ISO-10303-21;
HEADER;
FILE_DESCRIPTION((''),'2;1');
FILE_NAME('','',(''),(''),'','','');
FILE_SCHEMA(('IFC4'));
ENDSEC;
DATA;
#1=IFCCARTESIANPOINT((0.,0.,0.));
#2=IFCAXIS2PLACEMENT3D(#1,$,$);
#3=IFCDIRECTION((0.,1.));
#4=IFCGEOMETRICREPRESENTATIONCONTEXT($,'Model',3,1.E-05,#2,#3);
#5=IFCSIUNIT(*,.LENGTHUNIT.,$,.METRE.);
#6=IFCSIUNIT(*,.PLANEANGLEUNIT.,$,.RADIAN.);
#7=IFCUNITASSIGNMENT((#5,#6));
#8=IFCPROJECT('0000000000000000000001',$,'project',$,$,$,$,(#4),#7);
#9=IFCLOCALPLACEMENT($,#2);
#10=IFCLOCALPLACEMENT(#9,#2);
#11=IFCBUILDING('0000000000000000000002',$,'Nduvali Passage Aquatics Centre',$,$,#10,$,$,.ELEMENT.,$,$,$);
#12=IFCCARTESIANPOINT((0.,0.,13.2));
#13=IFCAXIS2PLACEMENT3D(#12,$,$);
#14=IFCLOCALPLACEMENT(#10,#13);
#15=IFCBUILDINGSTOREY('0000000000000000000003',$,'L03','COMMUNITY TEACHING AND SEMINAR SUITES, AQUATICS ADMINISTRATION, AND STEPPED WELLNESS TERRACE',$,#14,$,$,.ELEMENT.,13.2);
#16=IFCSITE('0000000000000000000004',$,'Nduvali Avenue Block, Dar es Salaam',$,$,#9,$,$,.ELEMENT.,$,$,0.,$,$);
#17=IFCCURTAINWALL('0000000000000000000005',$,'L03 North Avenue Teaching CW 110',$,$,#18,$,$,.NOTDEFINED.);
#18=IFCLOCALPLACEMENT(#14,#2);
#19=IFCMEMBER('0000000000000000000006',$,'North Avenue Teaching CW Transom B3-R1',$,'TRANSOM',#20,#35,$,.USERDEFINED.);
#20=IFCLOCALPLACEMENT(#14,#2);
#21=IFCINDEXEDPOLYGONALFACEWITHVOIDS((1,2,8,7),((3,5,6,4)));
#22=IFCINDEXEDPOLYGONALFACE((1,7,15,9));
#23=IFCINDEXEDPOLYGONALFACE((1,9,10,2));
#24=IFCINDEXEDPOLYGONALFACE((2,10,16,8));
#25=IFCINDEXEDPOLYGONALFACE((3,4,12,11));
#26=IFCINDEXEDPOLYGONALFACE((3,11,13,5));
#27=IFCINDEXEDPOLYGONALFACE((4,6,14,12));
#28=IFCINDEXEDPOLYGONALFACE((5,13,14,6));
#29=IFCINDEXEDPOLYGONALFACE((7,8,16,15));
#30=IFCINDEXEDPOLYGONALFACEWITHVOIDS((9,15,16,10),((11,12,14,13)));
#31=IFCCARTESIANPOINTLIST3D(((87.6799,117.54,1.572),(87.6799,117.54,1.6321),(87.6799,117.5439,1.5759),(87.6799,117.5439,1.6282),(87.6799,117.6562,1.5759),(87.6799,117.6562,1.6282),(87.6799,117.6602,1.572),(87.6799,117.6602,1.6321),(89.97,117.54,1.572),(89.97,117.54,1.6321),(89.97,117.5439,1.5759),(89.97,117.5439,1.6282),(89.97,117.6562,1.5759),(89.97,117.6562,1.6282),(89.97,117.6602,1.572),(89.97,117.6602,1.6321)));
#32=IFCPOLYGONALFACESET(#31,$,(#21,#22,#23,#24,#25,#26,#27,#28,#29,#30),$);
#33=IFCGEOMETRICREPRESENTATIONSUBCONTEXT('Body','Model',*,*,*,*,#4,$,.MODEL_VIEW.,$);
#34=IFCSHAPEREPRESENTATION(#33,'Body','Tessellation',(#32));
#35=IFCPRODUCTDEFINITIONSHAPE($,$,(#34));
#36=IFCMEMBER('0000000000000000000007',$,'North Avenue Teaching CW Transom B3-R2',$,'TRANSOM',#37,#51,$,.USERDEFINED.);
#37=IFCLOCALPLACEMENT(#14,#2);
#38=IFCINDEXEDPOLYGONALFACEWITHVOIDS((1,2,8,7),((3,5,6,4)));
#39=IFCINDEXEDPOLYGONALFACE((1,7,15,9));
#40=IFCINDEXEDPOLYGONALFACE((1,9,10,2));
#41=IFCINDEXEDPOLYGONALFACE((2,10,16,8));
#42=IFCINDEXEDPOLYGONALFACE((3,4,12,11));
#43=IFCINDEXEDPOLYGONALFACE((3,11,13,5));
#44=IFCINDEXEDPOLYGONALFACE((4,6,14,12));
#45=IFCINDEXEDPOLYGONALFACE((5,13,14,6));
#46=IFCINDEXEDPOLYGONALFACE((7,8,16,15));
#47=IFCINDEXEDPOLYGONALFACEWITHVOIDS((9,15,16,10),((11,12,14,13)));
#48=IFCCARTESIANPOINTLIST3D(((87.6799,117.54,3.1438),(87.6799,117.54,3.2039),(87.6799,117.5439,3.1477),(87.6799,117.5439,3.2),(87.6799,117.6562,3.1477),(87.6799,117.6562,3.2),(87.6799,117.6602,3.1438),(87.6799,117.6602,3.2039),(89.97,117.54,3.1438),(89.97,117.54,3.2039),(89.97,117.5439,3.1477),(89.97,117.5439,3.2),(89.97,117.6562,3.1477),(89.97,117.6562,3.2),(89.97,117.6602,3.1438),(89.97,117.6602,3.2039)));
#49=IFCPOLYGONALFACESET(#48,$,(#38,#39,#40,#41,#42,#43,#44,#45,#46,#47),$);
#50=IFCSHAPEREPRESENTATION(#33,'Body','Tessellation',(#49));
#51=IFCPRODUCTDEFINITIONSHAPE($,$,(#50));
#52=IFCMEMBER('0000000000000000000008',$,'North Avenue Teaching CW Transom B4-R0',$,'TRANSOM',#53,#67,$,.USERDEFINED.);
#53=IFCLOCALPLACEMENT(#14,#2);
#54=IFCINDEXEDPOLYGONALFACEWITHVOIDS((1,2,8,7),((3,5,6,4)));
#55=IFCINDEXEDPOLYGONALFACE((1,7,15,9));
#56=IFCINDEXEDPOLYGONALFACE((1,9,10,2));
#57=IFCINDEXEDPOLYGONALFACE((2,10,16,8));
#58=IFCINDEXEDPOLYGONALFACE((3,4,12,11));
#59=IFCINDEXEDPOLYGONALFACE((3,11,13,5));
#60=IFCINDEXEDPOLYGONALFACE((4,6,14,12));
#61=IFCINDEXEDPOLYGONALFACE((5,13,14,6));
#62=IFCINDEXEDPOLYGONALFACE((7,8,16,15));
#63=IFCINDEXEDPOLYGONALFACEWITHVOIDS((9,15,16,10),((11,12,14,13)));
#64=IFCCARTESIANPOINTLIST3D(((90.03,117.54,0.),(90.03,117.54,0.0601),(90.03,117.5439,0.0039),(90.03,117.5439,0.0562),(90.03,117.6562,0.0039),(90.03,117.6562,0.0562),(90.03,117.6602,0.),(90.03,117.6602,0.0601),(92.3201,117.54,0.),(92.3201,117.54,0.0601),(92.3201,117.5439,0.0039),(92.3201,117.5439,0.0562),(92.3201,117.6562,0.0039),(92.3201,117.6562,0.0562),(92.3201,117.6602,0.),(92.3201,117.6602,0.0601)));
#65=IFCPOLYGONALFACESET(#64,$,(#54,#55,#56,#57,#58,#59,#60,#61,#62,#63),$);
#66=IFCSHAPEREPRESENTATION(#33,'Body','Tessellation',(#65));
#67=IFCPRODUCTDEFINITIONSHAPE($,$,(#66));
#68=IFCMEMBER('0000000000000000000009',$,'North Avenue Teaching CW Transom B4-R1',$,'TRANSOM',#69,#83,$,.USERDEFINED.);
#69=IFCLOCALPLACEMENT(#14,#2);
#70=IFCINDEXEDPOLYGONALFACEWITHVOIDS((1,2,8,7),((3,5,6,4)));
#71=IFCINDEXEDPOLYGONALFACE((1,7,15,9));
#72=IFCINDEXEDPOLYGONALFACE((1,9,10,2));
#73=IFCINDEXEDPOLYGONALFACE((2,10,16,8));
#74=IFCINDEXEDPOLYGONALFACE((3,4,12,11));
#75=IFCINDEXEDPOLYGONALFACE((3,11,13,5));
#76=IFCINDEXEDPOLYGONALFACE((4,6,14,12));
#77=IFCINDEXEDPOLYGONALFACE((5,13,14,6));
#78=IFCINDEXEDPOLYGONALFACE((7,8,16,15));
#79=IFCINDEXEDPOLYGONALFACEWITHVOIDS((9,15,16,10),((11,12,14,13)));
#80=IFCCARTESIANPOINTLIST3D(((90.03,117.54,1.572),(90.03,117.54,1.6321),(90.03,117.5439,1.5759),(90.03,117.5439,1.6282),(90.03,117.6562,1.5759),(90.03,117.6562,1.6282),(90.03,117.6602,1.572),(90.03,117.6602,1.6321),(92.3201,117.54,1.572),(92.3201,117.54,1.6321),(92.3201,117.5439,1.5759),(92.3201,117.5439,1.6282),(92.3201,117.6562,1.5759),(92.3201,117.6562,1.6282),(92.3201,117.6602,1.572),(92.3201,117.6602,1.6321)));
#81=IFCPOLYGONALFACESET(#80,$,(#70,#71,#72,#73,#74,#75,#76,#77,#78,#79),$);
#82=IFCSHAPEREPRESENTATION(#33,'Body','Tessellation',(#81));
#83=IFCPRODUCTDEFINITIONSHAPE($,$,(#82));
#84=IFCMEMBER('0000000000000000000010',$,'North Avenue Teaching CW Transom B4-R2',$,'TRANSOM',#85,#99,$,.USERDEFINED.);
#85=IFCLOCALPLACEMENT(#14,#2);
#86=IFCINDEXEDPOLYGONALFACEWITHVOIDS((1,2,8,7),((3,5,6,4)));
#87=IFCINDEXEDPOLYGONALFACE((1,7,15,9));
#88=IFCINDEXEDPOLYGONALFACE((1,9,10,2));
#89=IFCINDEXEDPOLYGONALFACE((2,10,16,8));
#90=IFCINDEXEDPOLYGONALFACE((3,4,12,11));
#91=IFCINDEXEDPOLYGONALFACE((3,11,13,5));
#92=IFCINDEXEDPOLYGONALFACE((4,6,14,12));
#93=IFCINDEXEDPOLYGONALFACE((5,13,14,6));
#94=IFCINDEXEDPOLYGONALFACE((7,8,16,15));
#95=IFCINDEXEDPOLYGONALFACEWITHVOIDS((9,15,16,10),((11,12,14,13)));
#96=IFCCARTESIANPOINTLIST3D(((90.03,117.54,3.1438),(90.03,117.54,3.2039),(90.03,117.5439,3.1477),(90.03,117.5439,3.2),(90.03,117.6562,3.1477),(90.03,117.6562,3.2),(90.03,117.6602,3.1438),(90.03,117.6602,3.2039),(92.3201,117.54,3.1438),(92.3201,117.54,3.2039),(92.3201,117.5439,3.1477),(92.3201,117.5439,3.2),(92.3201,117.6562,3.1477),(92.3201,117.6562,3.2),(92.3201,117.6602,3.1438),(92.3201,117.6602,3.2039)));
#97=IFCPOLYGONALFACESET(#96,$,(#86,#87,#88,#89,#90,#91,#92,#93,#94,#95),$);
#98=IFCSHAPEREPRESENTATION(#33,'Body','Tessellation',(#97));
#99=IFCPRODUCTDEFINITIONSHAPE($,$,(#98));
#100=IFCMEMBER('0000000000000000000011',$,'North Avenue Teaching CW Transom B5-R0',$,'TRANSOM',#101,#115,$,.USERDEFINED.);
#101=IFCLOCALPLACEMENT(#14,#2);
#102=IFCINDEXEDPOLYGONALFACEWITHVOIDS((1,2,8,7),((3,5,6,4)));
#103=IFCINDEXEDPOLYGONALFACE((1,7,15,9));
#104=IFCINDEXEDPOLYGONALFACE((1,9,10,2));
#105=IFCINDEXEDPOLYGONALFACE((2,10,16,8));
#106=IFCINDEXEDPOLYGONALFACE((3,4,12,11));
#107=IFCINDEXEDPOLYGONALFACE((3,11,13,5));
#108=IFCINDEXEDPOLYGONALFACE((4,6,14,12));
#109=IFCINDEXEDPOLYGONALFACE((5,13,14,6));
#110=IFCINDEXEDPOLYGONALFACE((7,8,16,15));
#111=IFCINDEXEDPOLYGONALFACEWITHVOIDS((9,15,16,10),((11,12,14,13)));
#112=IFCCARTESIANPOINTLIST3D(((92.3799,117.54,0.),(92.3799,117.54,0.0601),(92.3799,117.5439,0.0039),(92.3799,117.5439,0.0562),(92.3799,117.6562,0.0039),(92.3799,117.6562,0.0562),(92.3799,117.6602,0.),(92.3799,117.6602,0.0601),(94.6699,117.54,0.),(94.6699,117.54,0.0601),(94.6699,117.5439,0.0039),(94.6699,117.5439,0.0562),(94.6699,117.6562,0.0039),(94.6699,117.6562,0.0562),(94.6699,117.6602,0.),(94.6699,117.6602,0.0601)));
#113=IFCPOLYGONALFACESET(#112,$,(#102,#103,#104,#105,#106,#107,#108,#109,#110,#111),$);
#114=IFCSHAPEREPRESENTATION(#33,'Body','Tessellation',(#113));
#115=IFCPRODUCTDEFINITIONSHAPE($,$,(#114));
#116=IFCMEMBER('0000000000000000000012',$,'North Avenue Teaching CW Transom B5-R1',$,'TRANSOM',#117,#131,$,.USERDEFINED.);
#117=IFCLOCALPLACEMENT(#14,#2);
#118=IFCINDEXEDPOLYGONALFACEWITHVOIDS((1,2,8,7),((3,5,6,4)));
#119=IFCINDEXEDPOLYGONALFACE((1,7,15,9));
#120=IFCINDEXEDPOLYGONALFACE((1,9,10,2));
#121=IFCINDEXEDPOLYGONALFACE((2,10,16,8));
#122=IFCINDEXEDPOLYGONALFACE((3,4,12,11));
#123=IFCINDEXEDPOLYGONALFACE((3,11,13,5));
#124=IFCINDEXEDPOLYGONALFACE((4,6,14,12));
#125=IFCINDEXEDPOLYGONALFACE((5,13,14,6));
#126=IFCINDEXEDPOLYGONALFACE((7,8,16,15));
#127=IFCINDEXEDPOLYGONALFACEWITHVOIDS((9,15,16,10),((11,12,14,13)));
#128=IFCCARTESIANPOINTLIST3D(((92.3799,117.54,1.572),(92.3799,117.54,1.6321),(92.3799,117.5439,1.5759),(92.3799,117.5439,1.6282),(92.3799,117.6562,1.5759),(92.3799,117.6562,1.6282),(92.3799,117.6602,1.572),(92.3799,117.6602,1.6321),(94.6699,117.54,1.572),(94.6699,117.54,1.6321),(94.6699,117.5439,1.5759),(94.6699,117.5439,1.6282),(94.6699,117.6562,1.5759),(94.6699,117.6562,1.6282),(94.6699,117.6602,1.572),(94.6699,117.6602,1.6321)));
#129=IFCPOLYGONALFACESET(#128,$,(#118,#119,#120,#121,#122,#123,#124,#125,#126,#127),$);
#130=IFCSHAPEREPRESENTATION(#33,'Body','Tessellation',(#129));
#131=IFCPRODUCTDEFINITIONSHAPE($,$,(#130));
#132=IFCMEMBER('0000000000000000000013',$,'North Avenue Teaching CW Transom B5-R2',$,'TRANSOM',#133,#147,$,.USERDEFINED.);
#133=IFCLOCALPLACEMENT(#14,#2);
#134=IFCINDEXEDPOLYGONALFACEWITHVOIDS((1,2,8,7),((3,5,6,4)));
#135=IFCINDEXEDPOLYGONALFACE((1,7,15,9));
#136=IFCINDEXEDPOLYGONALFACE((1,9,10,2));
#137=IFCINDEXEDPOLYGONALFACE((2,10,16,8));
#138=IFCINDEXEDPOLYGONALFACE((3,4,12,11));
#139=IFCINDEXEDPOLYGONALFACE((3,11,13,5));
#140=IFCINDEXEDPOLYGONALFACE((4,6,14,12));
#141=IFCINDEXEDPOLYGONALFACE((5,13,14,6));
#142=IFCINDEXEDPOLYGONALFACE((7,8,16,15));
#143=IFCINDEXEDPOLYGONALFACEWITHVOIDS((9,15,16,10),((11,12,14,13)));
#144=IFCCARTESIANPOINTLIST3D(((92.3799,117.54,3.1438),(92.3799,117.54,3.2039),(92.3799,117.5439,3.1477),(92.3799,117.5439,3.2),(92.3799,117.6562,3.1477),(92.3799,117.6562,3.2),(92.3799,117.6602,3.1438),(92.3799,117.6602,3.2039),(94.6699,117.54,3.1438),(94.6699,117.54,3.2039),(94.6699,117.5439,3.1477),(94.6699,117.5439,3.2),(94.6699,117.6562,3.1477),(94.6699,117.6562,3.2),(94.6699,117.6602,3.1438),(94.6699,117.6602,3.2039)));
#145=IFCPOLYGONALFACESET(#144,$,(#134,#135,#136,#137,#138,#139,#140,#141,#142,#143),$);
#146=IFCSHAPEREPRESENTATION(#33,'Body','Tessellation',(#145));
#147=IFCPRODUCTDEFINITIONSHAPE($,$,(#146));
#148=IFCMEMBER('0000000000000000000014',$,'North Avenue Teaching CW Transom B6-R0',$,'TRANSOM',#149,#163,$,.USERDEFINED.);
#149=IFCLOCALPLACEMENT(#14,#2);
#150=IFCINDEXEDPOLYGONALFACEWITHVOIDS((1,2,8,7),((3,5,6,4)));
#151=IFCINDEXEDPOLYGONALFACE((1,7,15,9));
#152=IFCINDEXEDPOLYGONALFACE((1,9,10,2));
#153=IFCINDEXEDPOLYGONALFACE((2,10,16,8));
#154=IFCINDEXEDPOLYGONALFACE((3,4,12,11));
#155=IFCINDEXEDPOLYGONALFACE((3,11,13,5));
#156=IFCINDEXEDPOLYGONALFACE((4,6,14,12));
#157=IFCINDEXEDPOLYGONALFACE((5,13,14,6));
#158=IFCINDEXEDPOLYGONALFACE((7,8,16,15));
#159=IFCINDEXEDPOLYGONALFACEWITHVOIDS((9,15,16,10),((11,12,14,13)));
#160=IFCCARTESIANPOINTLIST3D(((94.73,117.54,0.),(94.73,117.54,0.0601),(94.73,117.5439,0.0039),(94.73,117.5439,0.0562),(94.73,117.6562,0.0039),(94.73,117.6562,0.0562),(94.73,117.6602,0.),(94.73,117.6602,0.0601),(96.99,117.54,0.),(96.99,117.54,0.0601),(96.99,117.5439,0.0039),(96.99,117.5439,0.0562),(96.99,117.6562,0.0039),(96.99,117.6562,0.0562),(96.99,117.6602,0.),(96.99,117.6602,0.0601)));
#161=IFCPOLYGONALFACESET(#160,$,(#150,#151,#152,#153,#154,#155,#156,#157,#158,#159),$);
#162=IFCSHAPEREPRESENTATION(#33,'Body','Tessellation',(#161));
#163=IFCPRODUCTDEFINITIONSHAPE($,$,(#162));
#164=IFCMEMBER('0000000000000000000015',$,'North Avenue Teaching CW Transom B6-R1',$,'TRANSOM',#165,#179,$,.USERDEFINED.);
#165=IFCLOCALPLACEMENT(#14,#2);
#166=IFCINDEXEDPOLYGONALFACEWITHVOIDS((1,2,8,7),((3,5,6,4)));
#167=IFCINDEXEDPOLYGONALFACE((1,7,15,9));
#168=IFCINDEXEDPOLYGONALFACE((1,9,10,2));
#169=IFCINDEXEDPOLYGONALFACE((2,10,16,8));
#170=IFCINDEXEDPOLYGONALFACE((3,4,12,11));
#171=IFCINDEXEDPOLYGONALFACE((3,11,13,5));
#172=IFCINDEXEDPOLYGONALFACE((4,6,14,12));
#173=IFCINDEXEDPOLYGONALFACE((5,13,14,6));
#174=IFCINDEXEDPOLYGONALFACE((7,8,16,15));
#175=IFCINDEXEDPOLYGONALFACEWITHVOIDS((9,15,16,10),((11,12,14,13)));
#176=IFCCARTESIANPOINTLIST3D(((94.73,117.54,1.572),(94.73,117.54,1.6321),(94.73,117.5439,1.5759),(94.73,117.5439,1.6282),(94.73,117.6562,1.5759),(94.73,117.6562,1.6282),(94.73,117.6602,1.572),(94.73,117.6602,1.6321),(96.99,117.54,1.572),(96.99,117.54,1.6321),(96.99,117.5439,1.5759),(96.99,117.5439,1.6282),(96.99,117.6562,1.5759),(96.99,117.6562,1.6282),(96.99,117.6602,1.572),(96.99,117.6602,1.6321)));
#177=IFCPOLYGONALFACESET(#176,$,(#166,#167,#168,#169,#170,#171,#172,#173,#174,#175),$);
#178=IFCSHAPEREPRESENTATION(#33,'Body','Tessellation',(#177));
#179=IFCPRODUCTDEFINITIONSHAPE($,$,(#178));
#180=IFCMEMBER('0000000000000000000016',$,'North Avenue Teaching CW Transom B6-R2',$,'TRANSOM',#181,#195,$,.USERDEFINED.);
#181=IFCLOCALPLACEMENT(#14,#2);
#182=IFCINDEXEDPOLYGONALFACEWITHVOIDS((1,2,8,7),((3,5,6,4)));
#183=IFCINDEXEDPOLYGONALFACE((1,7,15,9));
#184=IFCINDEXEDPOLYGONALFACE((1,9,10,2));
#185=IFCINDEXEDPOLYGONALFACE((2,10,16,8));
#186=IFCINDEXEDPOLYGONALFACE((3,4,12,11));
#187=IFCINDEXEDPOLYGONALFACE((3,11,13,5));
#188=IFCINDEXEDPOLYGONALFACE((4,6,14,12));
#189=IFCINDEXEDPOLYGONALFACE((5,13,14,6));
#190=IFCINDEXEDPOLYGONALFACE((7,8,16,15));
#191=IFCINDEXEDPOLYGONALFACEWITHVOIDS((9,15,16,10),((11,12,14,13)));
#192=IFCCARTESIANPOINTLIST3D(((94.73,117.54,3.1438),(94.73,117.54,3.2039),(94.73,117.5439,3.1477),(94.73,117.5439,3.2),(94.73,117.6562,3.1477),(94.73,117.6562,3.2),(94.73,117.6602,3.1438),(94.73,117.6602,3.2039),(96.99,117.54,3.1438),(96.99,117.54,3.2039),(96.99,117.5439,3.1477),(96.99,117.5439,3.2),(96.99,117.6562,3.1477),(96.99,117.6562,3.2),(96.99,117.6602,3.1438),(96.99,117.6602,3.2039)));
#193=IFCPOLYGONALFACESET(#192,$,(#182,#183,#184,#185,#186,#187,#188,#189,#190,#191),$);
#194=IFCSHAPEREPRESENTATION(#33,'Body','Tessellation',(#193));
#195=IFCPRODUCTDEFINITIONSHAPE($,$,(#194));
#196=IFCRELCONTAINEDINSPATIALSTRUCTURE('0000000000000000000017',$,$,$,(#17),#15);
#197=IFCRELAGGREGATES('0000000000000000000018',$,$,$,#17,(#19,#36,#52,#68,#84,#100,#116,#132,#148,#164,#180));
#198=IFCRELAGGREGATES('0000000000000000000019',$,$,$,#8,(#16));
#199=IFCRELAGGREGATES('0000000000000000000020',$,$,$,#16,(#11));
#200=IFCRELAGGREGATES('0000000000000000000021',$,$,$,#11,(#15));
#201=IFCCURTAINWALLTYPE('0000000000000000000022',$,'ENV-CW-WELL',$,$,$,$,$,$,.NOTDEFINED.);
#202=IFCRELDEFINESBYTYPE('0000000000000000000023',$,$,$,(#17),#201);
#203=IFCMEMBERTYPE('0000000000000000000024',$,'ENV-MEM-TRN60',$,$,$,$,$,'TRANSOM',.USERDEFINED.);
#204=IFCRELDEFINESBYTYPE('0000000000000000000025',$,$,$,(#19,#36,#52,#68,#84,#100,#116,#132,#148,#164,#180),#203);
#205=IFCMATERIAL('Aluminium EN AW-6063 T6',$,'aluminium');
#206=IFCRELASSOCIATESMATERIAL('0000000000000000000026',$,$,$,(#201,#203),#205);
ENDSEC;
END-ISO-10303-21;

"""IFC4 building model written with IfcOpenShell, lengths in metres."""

from ifc_helpers import new_model, si_unit, direction, frame, origin, origin_2d, place, context, subcontext, project, spatial, hollow_rectangle, extrude, material, material_profile, profile_set, type_object, element, aggregate, save


model = new_model("IFC4")

# Units and contexts
model_context = context("Model", 3, precision=1e-05, world=origin(), true_north=direction((0.0, 1.0)))
body_context = subcontext(model_context, "Body", "Model", "MODEL_VIEW")
ifc_project = project(units=[si_unit("LENGTHUNIT", "METRE"), si_unit("PLANEANGLEUNIT", "RADIAN")], contexts=[model_context])

# Site, building, storey
site_placement = place(None, origin())
site = spatial("IfcSite", under=ifc_project, at=site_placement, Name="Nduvali Avenue Block, Dar es Salaam", CompositionType="ELEMENT", RefElevation=0.0)
building_placement = place(site_placement, origin())
building = spatial("IfcBuilding", under=site, at=building_placement, Name="Nduvali Passage Aquatics Centre", CompositionType="ELEMENT")
storey_placement = place(building_placement, frame((0.0, 0.0, 13.2)))
storey = spatial("IfcBuildingStorey", under=building, at=storey_placement, Name="L03", Description="COMMUNITY TEACHING AND SEMINAR SUITES, AQUATICS ADMINISTRATION, AND STEPPED WELLNESS TERRACE", CompositionType="ELEMENT", Elevation=13.2)

# Curtain wall
ifc_material_1 = material(Name="Aluminium EN AW-6063 T6", Category="aluminium")
curtain_wall_type = type_object("IfcCurtainWallType", Name="ENV-CW-WELL", PredefinedType="NOTDEFINED", material=ifc_material_1)
curtain_wall_1_placement = place(storey_placement, origin())
curtain_wall_1 = element("IfcCurtainWall", 1, at=curtain_wall_1_placement, inside=storey, type_object=curtain_wall_type, Name="L03 North Avenue Teaching CW 110", PredefinedType="NOTDEFINED")

# Members
ifc_material_profile_1 = material_profile(ifc_material_1, hollow_rectangle(XDim=0.1201, YDim=0.0601, WallThickness=0.0039, at=origin_2d()), Name="ALU TRANSOM 120x60x4")
ifc_profile_set_1 = profile_set([ifc_material_profile_1], Name="Aluminium EN AW-6063 T6")
member_type_1 = type_object("IfcMemberType", Name="ENV-MEM-TRN60", ElementType="TRANSOM", PredefinedType="USERDEFINED", material=ifc_profile_set_1)
member_1_placement = place(storey_placement, frame((87.6799, 117.6001, 1.6021), z_axis=(1.0, 0.0, 0.0), x_axis=(0.0, 1.0, 0.0)))
member_1 = element("IfcMember", 2, at=member_1_placement, type_object=member_type_1, Name="North Avenue Teaching CW Transom B3-R1", ObjectType="TRANSOM", PredefinedType="USERDEFINED", context=body_context, shape_type="SweptSolid", body=[
    extrude(hollow_rectangle(XDim=0.1201, YDim=0.0601, WallThickness=0.0039, at=origin_2d()), origin(), (0.0, 0.0, 1.0), 2.29),
])
member_2_placement = place(storey_placement, frame((87.6799, 117.6001, 3.1738), z_axis=(1.0, 0.0, 0.0), x_axis=(0.0, 1.0, 0.0)))
member_2 = element("IfcMember", 3, at=member_2_placement, type_object=member_type_1, Name="North Avenue Teaching CW Transom B3-R2", ObjectType="TRANSOM", PredefinedType="USERDEFINED", context=body_context, shape_type="SweptSolid", body=[
    extrude(hollow_rectangle(XDim=0.1201, YDim=0.0601, WallThickness=0.0039, at=origin_2d()), origin(), (0.0, 0.0, 1.0), 2.29),
])
member_3_placement = place(storey_placement, frame((90.03, 117.6001, 0.03), z_axis=(1.0, 0.0, 0.0), x_axis=(0.0, 1.0, 0.0)))
member_3 = element("IfcMember", 4, at=member_3_placement, type_object=member_type_1, Name="North Avenue Teaching CW Transom B4-R0", ObjectType="TRANSOM", PredefinedType="USERDEFINED", context=body_context, shape_type="SweptSolid", body=[
    extrude(hollow_rectangle(XDim=0.1201, YDim=0.0601, WallThickness=0.0039, at=origin_2d()), origin(), (0.0, 0.0, 1.0), 2.29),
])
member_4_placement = place(storey_placement, frame((90.03, 117.6001, 1.6021), z_axis=(1.0, 0.0, 0.0), x_axis=(0.0, 1.0, 0.0)))
member_4 = element("IfcMember", 5, at=member_4_placement, type_object=member_type_1, Name="North Avenue Teaching CW Transom B4-R1", ObjectType="TRANSOM", PredefinedType="USERDEFINED", context=body_context, shape_type="SweptSolid", body=[
    extrude(hollow_rectangle(XDim=0.1201, YDim=0.0601, WallThickness=0.0039, at=origin_2d()), origin(), (0.0, 0.0, 1.0), 2.29),
])
member_5_placement = place(storey_placement, frame((90.03, 117.6001, 3.1738), z_axis=(1.0, 0.0, 0.0), x_axis=(0.0, 1.0, 0.0)))
member_5 = element("IfcMember", 6, at=member_5_placement, type_object=member_type_1, Name="North Avenue Teaching CW Transom B4-R2", ObjectType="TRANSOM", PredefinedType="USERDEFINED", context=body_context, shape_type="SweptSolid", body=[
    extrude(hollow_rectangle(XDim=0.1201, YDim=0.0601, WallThickness=0.0039, at=origin_2d()), origin(), (0.0, 0.0, 1.0), 2.29),
])
member_6_placement = place(storey_placement, frame((92.3799, 117.6001, 0.03), z_axis=(1.0, 0.0, 0.0), x_axis=(0.0, 1.0, 0.0)))
member_6 = element("IfcMember", 7, at=member_6_placement, type_object=member_type_1, Name="North Avenue Teaching CW Transom B5-R0", ObjectType="TRANSOM", PredefinedType="USERDEFINED", context=body_context, shape_type="SweptSolid", body=[
    extrude(hollow_rectangle(XDim=0.1201, YDim=0.0601, WallThickness=0.0039, at=origin_2d()), origin(), (0.0, 0.0, 1.0), 2.29),
])
member_7_placement = place(storey_placement, frame((92.3799, 117.6001, 1.6021), z_axis=(1.0, 0.0, 0.0), x_axis=(0.0, 1.0, 0.0)))
member_7 = element("IfcMember", 8, at=member_7_placement, type_object=member_type_1, Name="North Avenue Teaching CW Transom B5-R1", ObjectType="TRANSOM", PredefinedType="USERDEFINED", context=body_context, shape_type="SweptSolid", body=[
    extrude(hollow_rectangle(XDim=0.1201, YDim=0.0601, WallThickness=0.0039, at=origin_2d()), origin(), (0.0, 0.0, 1.0), 2.29),
])
member_8_placement = place(storey_placement, frame((92.3799, 117.6001, 3.1738), z_axis=(1.0, 0.0, 0.0), x_axis=(0.0, 1.0, 0.0)))
member_8 = element("IfcMember", 9, at=member_8_placement, type_object=member_type_1, Name="North Avenue Teaching CW Transom B5-R2", ObjectType="TRANSOM", PredefinedType="USERDEFINED", context=body_context, shape_type="SweptSolid", body=[
    extrude(hollow_rectangle(XDim=0.1201, YDim=0.0601, WallThickness=0.0039, at=origin_2d()), origin(), (0.0, 0.0, 1.0), 2.29),
])
member_9_placement = place(storey_placement, frame((94.73, 117.6001, 0.03), z_axis=(1.0, 0.0, 0.0), x_axis=(0.0, 1.0, 0.0)))
member_9 = element("IfcMember", 10, at=member_9_placement, type_object=member_type_1, Name="North Avenue Teaching CW Transom B6-R0", ObjectType="TRANSOM", PredefinedType="USERDEFINED", context=body_context, shape_type="SweptSolid", body=[
    extrude(hollow_rectangle(XDim=0.1201, YDim=0.0601, WallThickness=0.0039, at=origin_2d()), origin(), (0.0, 0.0, 1.0), 2.26),
])
member_10_placement = place(storey_placement, frame((94.73, 117.6001, 1.6021), z_axis=(1.0, 0.0, 0.0), x_axis=(0.0, 1.0, 0.0)))
member_10 = element("IfcMember", 11, at=member_10_placement, type_object=member_type_1, Name="North Avenue Teaching CW Transom B6-R1", ObjectType="TRANSOM", PredefinedType="USERDEFINED", context=body_context, shape_type="SweptSolid", body=[
    extrude(hollow_rectangle(XDim=0.1201, YDim=0.0601, WallThickness=0.0039, at=origin_2d()), origin(), (0.0, 0.0, 1.0), 2.26),
])
member_11_placement = place(storey_placement, frame((94.73, 117.6001, 3.1738), z_axis=(1.0, 0.0, 0.0), x_axis=(0.0, 1.0, 0.0)))
member_11 = element("IfcMember", 12, at=member_11_placement, type_object=member_type_1, Name="North Avenue Teaching CW Transom B6-R2", ObjectType="TRANSOM", PredefinedType="USERDEFINED", context=body_context, shape_type="SweptSolid", body=[
    extrude(hollow_rectangle(XDim=0.1201, YDim=0.0601, WallThickness=0.0039, at=origin_2d()), origin(), (0.0, 0.0, 1.0), 2.26),
])

aggregate(curtain_wall_1, [member_1, member_2, member_3, member_4, member_5, member_6, member_7, member_8, member_9, member_10, member_11])

save(model, "model.ifc")
